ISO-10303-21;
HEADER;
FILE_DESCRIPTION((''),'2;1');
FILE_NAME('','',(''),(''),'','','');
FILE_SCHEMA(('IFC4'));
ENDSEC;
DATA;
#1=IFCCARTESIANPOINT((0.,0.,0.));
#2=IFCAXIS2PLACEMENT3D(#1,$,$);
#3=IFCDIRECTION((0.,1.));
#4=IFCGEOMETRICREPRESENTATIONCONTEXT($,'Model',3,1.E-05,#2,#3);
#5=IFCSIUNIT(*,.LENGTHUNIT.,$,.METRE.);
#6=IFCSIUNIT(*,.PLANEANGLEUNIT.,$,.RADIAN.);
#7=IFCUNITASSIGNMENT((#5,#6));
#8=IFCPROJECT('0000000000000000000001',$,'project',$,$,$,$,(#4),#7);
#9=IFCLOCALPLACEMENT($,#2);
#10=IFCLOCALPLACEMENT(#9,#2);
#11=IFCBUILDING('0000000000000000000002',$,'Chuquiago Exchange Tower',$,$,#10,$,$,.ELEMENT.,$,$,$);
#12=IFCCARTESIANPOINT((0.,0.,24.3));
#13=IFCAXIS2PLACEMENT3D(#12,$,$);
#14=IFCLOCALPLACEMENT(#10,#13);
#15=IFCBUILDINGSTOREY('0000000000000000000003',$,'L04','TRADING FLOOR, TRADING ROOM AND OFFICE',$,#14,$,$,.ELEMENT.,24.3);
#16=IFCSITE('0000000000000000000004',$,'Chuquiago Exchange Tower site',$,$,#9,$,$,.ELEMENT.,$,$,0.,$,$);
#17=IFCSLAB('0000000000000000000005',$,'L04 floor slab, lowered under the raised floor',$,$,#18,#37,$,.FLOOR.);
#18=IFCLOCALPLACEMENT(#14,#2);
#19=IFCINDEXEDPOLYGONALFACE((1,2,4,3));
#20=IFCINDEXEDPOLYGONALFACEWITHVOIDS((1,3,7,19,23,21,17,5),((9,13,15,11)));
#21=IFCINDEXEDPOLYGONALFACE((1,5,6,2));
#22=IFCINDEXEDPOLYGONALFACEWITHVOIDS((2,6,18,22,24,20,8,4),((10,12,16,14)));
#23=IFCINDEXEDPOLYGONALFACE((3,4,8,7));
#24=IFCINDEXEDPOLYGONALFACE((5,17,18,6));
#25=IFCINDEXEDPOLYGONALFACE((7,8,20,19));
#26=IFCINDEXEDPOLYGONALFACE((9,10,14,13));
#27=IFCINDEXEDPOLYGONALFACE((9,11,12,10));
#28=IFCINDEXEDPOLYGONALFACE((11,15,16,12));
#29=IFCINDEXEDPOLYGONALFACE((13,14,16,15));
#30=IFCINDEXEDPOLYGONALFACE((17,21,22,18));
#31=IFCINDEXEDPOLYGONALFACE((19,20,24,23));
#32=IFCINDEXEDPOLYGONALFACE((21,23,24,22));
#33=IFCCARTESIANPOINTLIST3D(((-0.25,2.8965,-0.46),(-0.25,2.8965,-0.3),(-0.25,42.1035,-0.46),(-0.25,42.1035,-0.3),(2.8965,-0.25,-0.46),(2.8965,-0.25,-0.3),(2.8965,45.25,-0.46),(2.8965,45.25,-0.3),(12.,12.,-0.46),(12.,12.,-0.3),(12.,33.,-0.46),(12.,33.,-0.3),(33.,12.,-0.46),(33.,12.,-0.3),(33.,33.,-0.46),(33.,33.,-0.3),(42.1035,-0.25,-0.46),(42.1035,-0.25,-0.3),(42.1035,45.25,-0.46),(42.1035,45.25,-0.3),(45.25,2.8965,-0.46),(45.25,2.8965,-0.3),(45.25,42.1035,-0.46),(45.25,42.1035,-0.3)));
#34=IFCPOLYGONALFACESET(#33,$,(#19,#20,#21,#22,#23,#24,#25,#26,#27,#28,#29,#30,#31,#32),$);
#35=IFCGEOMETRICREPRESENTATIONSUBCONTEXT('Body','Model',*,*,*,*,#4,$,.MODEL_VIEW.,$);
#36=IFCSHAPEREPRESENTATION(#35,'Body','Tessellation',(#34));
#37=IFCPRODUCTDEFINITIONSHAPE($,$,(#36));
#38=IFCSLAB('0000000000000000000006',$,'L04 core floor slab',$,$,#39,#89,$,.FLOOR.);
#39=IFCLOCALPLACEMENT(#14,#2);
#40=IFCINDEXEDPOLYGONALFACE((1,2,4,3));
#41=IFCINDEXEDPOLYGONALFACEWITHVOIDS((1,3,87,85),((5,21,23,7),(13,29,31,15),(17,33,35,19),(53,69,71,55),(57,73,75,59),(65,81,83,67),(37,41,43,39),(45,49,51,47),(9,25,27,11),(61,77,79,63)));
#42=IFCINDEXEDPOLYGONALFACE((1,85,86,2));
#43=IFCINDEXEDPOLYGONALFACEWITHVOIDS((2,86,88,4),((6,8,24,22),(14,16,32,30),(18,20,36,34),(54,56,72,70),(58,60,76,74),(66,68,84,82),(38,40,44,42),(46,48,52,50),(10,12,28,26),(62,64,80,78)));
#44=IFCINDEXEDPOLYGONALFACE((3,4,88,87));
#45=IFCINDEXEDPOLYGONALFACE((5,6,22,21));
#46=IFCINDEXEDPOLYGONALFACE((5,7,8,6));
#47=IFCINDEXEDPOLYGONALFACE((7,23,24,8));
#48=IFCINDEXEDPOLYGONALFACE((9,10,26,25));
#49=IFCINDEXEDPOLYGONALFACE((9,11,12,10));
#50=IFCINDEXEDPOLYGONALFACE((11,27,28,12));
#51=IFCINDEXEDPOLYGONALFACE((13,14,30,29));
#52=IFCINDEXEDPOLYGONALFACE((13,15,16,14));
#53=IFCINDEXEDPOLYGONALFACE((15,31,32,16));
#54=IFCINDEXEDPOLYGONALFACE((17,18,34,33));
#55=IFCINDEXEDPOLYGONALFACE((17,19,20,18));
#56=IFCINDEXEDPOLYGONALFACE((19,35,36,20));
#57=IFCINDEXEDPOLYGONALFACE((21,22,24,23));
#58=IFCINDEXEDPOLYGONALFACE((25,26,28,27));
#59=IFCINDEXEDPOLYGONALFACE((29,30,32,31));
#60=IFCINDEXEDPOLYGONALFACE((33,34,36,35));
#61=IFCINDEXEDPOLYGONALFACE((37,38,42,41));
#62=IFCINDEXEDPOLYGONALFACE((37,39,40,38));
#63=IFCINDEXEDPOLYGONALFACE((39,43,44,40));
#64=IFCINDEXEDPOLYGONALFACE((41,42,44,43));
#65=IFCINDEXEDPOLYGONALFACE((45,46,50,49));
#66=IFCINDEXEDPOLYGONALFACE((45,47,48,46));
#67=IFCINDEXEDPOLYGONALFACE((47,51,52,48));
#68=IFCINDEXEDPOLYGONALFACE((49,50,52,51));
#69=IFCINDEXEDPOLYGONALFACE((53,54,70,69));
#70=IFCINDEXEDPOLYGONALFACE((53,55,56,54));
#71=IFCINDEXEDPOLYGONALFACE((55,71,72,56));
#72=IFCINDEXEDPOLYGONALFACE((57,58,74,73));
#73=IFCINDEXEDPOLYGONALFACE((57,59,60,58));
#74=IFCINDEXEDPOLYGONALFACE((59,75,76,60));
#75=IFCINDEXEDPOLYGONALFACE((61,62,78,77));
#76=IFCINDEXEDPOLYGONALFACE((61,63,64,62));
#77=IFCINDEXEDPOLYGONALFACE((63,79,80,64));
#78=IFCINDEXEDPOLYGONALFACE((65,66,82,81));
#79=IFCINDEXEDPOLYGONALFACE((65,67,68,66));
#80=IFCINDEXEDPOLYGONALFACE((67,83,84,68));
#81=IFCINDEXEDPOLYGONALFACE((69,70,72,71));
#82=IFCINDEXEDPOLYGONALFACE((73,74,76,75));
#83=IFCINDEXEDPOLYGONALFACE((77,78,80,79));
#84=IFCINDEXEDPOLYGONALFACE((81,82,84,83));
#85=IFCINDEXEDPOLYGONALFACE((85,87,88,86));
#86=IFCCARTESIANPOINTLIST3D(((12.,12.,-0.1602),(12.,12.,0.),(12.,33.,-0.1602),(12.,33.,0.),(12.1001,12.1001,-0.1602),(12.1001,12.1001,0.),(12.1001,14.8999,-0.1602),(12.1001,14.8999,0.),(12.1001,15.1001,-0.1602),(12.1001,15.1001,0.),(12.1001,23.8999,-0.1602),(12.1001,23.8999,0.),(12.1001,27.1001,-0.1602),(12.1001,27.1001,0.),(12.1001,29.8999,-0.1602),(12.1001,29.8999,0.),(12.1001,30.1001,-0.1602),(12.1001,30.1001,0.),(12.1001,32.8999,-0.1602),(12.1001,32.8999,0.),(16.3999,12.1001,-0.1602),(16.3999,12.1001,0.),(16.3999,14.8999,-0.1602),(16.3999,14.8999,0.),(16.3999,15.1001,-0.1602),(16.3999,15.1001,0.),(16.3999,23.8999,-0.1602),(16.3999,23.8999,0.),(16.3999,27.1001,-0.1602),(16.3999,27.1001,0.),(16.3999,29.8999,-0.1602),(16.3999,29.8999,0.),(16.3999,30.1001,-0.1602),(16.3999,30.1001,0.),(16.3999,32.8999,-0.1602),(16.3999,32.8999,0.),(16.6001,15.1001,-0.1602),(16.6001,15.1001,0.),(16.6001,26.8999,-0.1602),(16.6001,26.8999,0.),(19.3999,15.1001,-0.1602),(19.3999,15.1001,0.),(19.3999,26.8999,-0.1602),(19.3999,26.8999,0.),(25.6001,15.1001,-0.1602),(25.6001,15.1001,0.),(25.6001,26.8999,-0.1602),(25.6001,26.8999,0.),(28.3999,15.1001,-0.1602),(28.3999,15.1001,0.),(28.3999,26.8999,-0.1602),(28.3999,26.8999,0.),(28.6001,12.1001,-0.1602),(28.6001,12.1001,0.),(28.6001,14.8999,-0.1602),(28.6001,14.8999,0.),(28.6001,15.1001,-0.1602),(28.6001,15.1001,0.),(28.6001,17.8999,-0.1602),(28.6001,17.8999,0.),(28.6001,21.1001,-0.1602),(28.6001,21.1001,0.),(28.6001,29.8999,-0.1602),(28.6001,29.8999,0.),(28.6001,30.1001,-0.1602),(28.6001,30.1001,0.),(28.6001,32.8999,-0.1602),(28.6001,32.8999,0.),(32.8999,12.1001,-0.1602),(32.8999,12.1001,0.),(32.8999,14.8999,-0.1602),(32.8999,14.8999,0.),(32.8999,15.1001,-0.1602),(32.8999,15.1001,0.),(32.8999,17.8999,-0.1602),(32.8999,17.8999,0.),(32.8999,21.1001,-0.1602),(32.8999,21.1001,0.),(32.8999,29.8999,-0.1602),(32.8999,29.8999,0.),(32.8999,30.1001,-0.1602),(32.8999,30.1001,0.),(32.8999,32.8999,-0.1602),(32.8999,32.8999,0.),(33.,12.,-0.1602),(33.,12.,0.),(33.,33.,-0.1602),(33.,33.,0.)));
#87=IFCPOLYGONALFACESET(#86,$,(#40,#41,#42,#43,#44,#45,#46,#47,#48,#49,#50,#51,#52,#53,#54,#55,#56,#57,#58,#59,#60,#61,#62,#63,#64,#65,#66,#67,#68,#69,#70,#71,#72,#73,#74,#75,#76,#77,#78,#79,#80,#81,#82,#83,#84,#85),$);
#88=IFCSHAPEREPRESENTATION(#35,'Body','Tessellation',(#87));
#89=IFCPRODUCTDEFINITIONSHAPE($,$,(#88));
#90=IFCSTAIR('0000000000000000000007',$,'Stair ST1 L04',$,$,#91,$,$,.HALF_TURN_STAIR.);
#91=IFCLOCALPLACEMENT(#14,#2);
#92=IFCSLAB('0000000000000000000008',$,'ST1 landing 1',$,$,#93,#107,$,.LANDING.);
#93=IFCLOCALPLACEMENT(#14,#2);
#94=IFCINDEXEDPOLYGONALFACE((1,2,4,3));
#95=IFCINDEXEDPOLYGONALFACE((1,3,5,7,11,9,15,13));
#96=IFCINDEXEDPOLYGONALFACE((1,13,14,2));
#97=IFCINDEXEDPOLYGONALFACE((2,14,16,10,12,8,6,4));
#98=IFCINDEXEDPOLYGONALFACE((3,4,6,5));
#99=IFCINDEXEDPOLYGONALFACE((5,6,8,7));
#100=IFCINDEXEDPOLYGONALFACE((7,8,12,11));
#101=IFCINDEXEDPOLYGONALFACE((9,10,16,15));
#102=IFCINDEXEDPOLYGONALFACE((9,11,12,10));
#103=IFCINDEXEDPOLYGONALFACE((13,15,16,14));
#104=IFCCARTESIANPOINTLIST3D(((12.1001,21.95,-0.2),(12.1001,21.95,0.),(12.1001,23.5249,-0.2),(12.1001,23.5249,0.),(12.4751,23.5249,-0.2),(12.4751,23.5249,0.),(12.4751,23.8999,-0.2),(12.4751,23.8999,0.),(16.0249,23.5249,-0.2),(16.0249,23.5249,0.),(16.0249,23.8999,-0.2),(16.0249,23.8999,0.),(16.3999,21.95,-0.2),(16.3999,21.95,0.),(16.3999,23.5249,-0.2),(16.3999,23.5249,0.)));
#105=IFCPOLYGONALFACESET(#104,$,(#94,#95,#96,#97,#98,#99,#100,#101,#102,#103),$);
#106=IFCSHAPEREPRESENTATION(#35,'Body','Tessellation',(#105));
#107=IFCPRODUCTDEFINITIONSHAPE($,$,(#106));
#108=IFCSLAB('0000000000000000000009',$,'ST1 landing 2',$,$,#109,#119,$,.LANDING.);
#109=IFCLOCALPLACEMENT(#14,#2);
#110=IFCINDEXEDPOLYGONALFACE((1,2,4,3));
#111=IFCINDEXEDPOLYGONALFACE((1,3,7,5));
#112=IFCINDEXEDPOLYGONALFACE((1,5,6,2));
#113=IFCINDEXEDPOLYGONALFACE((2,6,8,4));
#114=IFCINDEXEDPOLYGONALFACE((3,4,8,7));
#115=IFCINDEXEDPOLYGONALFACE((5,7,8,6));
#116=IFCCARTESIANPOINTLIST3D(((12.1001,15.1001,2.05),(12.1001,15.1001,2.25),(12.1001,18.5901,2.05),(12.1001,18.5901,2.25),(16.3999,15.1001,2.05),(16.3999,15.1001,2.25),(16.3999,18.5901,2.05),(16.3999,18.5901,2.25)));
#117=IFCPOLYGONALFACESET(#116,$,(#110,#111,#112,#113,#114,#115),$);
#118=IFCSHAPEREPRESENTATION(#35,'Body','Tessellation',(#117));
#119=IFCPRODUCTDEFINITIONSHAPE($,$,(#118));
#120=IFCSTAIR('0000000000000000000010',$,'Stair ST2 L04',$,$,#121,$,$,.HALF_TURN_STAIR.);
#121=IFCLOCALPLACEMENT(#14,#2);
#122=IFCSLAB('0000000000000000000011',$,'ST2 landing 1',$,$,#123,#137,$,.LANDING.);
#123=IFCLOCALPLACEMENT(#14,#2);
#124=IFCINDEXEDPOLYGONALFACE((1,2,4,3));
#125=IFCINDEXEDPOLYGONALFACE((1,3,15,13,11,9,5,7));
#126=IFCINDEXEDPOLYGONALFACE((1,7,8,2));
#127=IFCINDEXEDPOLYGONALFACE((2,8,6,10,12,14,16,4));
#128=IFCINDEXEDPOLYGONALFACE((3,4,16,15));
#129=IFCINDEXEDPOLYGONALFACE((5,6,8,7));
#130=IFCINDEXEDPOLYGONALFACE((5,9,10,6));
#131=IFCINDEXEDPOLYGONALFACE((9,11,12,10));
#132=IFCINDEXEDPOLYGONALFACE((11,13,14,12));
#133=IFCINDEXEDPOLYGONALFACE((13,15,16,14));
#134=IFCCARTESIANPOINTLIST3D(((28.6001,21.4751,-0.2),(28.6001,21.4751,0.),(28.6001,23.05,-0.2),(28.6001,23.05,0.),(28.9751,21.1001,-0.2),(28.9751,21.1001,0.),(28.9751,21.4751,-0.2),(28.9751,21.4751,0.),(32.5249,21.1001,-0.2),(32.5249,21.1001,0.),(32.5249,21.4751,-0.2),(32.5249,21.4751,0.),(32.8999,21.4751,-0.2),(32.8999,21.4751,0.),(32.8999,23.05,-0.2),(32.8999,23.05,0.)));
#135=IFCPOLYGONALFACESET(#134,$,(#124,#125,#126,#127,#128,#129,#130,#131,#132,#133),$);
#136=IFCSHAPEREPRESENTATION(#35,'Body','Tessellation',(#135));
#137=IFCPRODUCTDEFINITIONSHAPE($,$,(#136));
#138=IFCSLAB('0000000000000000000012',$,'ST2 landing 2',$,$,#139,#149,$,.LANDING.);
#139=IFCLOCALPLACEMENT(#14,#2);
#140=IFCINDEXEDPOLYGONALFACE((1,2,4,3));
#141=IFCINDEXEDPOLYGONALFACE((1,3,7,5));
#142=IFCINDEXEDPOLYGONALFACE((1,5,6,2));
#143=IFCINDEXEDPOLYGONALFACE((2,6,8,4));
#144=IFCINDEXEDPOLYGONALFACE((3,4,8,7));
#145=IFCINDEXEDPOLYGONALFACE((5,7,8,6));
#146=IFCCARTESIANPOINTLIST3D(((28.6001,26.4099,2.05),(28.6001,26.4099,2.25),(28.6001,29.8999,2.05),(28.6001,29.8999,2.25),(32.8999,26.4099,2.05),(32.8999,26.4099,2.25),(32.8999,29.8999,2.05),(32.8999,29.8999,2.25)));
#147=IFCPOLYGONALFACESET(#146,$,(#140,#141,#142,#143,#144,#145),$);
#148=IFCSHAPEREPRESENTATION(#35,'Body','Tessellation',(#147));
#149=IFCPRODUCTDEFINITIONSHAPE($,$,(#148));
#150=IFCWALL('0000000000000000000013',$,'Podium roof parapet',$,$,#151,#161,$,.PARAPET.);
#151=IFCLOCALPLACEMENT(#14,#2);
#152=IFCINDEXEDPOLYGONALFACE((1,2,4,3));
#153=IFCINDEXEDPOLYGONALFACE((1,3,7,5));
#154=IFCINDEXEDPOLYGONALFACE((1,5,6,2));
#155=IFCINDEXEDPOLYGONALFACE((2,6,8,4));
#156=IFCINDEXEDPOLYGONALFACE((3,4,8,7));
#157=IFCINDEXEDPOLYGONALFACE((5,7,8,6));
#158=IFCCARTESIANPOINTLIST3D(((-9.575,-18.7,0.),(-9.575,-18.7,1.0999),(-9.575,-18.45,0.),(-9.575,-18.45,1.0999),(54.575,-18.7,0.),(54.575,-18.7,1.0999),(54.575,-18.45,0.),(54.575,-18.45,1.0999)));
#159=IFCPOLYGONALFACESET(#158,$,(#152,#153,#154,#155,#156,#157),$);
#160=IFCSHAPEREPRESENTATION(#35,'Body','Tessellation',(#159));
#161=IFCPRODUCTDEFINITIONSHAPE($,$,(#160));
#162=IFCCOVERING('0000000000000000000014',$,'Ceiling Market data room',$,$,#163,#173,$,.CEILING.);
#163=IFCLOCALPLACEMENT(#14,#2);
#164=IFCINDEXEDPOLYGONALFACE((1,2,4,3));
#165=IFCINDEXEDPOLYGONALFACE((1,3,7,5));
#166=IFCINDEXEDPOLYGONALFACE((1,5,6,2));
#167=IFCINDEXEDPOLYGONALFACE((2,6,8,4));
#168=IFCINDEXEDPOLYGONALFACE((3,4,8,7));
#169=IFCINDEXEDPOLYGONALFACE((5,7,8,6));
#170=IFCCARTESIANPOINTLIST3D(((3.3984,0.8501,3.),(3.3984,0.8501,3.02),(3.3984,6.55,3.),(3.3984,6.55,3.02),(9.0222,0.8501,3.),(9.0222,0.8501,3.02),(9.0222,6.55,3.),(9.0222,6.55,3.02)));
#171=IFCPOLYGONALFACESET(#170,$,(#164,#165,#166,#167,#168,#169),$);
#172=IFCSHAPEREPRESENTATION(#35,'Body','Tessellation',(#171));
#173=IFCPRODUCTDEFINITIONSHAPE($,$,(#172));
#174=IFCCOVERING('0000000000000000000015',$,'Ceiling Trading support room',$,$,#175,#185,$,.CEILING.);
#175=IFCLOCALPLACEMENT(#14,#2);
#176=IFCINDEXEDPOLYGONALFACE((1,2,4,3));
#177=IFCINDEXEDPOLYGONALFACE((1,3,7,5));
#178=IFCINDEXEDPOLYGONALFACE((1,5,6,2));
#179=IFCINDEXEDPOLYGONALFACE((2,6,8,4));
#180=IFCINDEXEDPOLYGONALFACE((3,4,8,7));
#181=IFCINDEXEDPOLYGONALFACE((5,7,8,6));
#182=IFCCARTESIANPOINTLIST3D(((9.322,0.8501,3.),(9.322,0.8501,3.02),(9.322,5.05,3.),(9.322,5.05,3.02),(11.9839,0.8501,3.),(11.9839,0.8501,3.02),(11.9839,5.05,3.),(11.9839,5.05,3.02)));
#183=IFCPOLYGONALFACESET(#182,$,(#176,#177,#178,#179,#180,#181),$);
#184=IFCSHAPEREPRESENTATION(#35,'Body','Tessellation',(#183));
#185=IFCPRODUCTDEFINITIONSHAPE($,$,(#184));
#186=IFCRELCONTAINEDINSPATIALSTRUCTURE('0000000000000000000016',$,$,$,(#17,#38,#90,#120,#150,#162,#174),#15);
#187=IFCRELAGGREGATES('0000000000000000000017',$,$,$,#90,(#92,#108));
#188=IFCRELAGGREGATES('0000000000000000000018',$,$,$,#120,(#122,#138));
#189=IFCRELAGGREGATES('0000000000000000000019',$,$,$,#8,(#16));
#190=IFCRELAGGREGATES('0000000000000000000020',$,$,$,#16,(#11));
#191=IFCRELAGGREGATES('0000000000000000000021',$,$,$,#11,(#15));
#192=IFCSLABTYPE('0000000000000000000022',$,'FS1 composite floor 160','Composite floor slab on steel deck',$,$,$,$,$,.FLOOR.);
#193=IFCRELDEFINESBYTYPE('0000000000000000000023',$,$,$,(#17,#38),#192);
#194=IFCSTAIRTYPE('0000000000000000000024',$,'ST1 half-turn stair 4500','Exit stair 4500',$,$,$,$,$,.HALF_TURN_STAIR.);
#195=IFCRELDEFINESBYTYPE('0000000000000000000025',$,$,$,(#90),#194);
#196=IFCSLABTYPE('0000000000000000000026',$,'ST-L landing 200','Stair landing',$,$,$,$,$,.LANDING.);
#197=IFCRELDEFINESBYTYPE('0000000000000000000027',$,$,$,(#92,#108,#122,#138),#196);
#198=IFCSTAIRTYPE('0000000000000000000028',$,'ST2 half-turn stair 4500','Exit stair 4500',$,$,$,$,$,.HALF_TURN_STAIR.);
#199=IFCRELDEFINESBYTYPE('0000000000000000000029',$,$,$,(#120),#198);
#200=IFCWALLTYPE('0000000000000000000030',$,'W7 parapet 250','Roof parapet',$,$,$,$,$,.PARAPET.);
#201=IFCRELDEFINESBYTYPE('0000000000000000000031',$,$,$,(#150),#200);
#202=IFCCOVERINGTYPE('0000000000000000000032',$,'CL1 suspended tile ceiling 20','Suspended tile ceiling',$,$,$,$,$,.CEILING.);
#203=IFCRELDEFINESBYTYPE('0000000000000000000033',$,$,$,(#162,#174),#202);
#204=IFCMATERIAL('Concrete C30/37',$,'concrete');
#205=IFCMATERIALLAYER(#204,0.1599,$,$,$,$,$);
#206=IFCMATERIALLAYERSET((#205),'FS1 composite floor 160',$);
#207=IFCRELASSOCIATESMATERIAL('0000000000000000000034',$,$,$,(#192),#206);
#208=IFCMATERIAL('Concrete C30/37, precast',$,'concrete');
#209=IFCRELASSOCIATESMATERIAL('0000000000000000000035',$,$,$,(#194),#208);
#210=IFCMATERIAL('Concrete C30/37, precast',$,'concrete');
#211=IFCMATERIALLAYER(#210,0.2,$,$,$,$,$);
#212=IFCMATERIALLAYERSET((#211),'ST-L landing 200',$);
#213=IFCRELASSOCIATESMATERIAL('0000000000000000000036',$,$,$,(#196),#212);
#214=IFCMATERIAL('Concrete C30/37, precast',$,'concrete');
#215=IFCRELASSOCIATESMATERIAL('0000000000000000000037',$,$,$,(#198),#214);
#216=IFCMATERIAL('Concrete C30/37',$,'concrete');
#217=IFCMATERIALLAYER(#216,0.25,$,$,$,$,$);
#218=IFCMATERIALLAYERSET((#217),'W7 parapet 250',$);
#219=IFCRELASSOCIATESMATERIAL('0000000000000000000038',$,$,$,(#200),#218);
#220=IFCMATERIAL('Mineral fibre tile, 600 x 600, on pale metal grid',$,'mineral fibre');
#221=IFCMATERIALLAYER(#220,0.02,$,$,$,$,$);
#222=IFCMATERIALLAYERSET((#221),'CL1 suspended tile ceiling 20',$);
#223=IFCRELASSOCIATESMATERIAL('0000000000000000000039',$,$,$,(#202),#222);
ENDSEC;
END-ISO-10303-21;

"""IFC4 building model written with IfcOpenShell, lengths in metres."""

from ifc_helpers import new_model, si_unit, direction, frame, frame_2d, origin, place, context, subcontext, project, spatial, polyline, rectangle, outline, extrude, material, layer, layer_set, type_object, element, aggregate, save


model = new_model("IFC4")

# Units and contexts
model_context = context("Model", 3, precision=1e-05, world=origin(), true_north=direction((0.0, 1.0)))
body_context = subcontext(model_context, "Body", "Model", "MODEL_VIEW")
ifc_project = project(units=[si_unit("LENGTHUNIT", "METRE"), si_unit("PLANEANGLEUNIT", "RADIAN")], contexts=[model_context])

# Site, building, storey
site_placement = place(None, origin())
site = spatial("IfcSite", under=ifc_project, at=site_placement, Name="Chuquiago Exchange Tower site", CompositionType="ELEMENT", RefElevation=0.0)
building_placement = place(site_placement, origin())
building = spatial("IfcBuilding", under=site, at=building_placement, Name="Chuquiago Exchange Tower", CompositionType="ELEMENT")
storey_placement = place(building_placement, frame((0.0, 0.0, 24.3)))
storey = spatial("IfcBuildingStorey", under=building, at=storey_placement, Name="L04", Description="TRADING FLOOR, TRADING ROOM AND OFFICE", CompositionType="ELEMENT", Elevation=24.3)

# Slabs
ifc_material_1 = material(Name="Concrete C30/37", Category="concrete")
ifc_layer_1 = layer(ifc_material_1, 0.1599)
ifc_layer_set_1 = layer_set([ifc_layer_1], Name="FS1 composite floor 160")
slab_type_1 = type_object("IfcSlabType", Name="FS1 composite floor 160", Description="Composite floor slab on steel deck", PredefinedType="FLOOR", material=ifc_layer_set_1)
slab_1_placement = place(storey_placement, frame((0.0, 0.0, -0.46)))
element("IfcSlab", 1, at=slab_1_placement, inside=storey, type_object=slab_type_1, Name="L04 floor slab, lowered under the raised floor", PredefinedType="FLOOR", context=body_context, shape_type="SweptSolid", body=[
    extrude(outline(polyline([(-0.25, 2.8965), (-0.25, 42.1035), (2.8965, 45.25), (42.1035, 45.25), (45.25, 42.1035), (45.25, 2.8965), (42.1035, -0.25), (2.8965, -0.25), (-0.25, 2.8965)]), holes=[polyline([(33.0, 33.0), (12.0, 33.0), (12.0, 12.0), (33.0, 12.0), (33.0, 33.0)])]), origin(), (0.0, 0.0, 1.0), 0.1599),
])
slab_2_placement = place(storey_placement, frame((0.0, 0.0, -0.1602)))
element("IfcSlab", 2, at=slab_2_placement, inside=storey, type_object=slab_type_1, Name="L04 core floor slab", PredefinedType="FLOOR", context=body_context, shape_type="SweptSolid", body=[
    extrude(outline(polyline([(33.0, 12.0), (33.0, 33.0), (12.0, 33.0), (12.0, 12.0), (33.0, 12.0)]), holes=[polyline([(16.3999, 15.1001), (12.1001, 15.1001), (12.1001, 23.8999), (16.3999, 23.8999), (16.3999, 15.1001)]), polyline([(32.8999, 21.1001), (28.6001, 21.1001), (28.6001, 29.8999), (32.8999, 29.8999), (32.8999, 21.1001)]), polyline([(16.3999, 12.1001), (12.1001, 12.1001), (12.1001, 14.8999), (16.3999, 14.8999), (16.3999, 12.1001)]), polyline([(16.3999, 30.1001), (12.1001, 30.1001), (12.1001, 32.8999), (16.3999, 32.8999), (16.3999, 30.1001)]), polyline([(32.8999, 12.1001), (28.6001, 12.1001), (28.6001, 14.8999), (32.8999, 14.8999), (32.8999, 12.1001)]), polyline([(32.8999, 30.1001), (28.6001, 30.1001), (28.6001, 32.8999), (32.8999, 32.8999), (32.8999, 30.1001)]), polyline([(16.3999, 27.1001), (12.1001, 27.1001), (12.1001, 29.8999), (16.3999, 29.8999), (16.3999, 27.1001)]), polyline([(32.8999, 15.1001), (28.6001, 15.1001), (28.6001, 17.8999), (32.8999, 17.8999), (32.8999, 15.1001)]), polyline([(19.3999, 15.1001), (16.6001, 15.1001), (16.6001, 26.8999), (19.3999, 26.8999), (19.3999, 15.1001)]), polyline([(28.3999, 15.1001), (25.6001, 15.1001), (25.6001, 26.8999), (28.3999, 26.8999), (28.3999, 15.1001)])]), origin(), (0.0, 0.0, 1.0), 0.1602),
])

# Stairs, slabs
ifc_material_2 = material(Name="Concrete C30/37, precast", Category="concrete")
stair_type_1 = type_object("IfcStairType", Name="ST1 half-turn stair 4500", Description="Exit stair 4500", PredefinedType="HALF_TURN_STAIR", material=ifc_material_2)
stair_1_placement = place(storey_placement, origin())
stair_1 = element("IfcStair", 3, at=stair_1_placement, inside=storey, type_object=stair_type_1, Name="Stair ST1 L04", PredefinedType="HALF_TURN_STAIR")
ifc_material_3 = material(Name="Concrete C30/37, precast", Category="concrete")
ifc_layer_2 = layer(ifc_material_3, 0.2)
ifc_layer_set_2 = layer_set([ifc_layer_2], Name="ST-L landing 200")
slab_type_2 = type_object("IfcSlabType", Name="ST-L landing 200", Description="Stair landing", PredefinedType="LANDING", material=ifc_layer_set_2)
slab_3_placement = place(storey_placement, frame((0.0, 0.0, -0.2)))
slab_3 = element("IfcSlab", 4, at=slab_3_placement, type_object=slab_type_2, Name="ST1 landing 1", PredefinedType="LANDING", context=body_context, shape_type="SweptSolid", body=[
    extrude(outline(polyline([(12.4751, 23.8999), (16.0249, 23.8999), (16.0249, 23.5249), (16.3999, 23.5249), (16.3999, 21.95), (12.1001, 21.95), (12.1001, 23.5249), (12.4751, 23.5249), (12.4751, 23.8999)])), origin(), (0.0, 0.0, 1.0), 0.2),
])
slab_4_placement = place(storey_placement, frame((0.0, 0.0, 2.05)))
slab_4 = element("IfcSlab", 5, at=slab_4_placement, type_object=slab_type_2, Name="ST1 landing 2", PredefinedType="LANDING", context=body_context, shape_type="SweptSolid", body=[
    extrude(outline(polyline([(12.1001, 18.5901), (16.3999, 18.5901), (16.3999, 15.1001), (12.1001, 15.1001), (12.1001, 18.5901)])), origin(), (0.0, 0.0, 1.0), 0.2),
])
aggregate(stair_1, [slab_3, slab_4])
ifc_material_4 = material(Name="Concrete C30/37, precast", Category="concrete")
stair_type_2 = type_object("IfcStairType", Name="ST2 half-turn stair 4500", Description="Exit stair 4500", PredefinedType="HALF_TURN_STAIR", material=ifc_material_4)
stair_2_placement = place(storey_placement, origin())
stair_2 = element("IfcStair", 6, at=stair_2_placement, inside=storey, type_object=stair_type_2, Name="Stair ST2 L04", PredefinedType="HALF_TURN_STAIR")
slab_5_placement = place(storey_placement, frame((0.0, 0.0, -0.2)))
slab_5 = element("IfcSlab", 7, at=slab_5_placement, type_object=slab_type_2, Name="ST2 landing 1", PredefinedType="LANDING", context=body_context, shape_type="SweptSolid", body=[
    extrude(outline(polyline([(32.5249, 21.4751), (32.5249, 21.1001), (28.9751, 21.1001), (28.9751, 21.4751), (28.6001, 21.4751), (28.6001, 23.05), (32.8999, 23.05), (32.8999, 21.4751), (32.5249, 21.4751)])), origin(), (0.0, 0.0, 1.0), 0.2),
])
slab_6_placement = place(storey_placement, frame((0.0, 0.0, 2.05)))
slab_6 = element("IfcSlab", 8, at=slab_6_placement, type_object=slab_type_2, Name="ST2 landing 2", PredefinedType="LANDING", context=body_context, shape_type="SweptSolid", body=[
    extrude(outline(polyline([(28.6001, 29.8999), (32.8999, 29.8999), (32.8999, 26.4099), (28.6001, 26.4099), (28.6001, 29.8999)])), origin(), (0.0, 0.0, 1.0), 0.2),
])
aggregate(stair_2, [slab_5, slab_6])

# Wall
ifc_material_5 = material(Name="Concrete C30/37", Category="concrete")
ifc_layer_3 = layer(ifc_material_5, 0.25)
ifc_layer_set_3 = layer_set([ifc_layer_3], Name="W7 parapet 250")
wall_type = type_object("IfcWallType", Name="W7 parapet 250", Description="Roof parapet", PredefinedType="PARAPET", material=ifc_layer_set_3)
wall_placement = place(storey_placement, frame((-9.575, -18.575, 0.0), z_axis=(0.0, 0.0, 1.0), x_axis=(1.0, 0.0, 0.0)))
element("IfcWall", 9, at=wall_placement, inside=storey, type_object=wall_type, Name="Podium roof parapet", PredefinedType="PARAPET", context=body_context, shape_type="SweptSolid", body=[
    extrude(rectangle(XDim=64.1499, YDim=0.25, at=frame_2d((32.075, 0.0))), origin(), (0.0, 0.0, 1.0), 1.0999),
])

# Coverings
ifc_material_6 = material(Name="Mineral fibre tile, 600 x 600, on pale metal grid", Category="mineral fibre")
ifc_layer_4 = layer(ifc_material_6, 0.02)
ifc_layer_set_4 = layer_set([ifc_layer_4], Name="CL1 suspended tile ceiling 20")
covering_type_1 = type_object("IfcCoveringType", Name="CL1 suspended tile ceiling 20", Description="Suspended tile ceiling", PredefinedType="CEILING", material=ifc_layer_set_4)
covering_1_placement = place(storey_placement, frame((0.0, 0.0, 3.0)))
element("IfcCovering", 10, at=covering_1_placement, inside=storey, type_object=covering_type_1, Name="Ceiling Market data room", PredefinedType="CEILING", context=body_context, shape_type="SweptSolid", body=[
    extrude(outline(polyline([(3.3984, 6.55), (9.0222, 6.55), (9.0222, 0.8501), (3.3984, 0.8501), (3.3984, 6.55)])), origin(), (0.0, 0.0, 1.0), 0.02),
])
covering_2_placement = place(storey_placement, frame((0.0, 0.0, 3.0)))
element("IfcCovering", 11, at=covering_2_placement, inside=storey, type_object=covering_type_1, Name="Ceiling Trading support room", PredefinedType="CEILING", context=body_context, shape_type="SweptSolid", body=[
    extrude(outline(polyline([(9.322, 5.05), (11.9839, 5.05), (11.9839, 0.8501), (9.322, 0.8501), (9.322, 5.05)])), origin(), (0.0, 0.0, 1.0), 0.02),
])

save(model, "model.ifc")
